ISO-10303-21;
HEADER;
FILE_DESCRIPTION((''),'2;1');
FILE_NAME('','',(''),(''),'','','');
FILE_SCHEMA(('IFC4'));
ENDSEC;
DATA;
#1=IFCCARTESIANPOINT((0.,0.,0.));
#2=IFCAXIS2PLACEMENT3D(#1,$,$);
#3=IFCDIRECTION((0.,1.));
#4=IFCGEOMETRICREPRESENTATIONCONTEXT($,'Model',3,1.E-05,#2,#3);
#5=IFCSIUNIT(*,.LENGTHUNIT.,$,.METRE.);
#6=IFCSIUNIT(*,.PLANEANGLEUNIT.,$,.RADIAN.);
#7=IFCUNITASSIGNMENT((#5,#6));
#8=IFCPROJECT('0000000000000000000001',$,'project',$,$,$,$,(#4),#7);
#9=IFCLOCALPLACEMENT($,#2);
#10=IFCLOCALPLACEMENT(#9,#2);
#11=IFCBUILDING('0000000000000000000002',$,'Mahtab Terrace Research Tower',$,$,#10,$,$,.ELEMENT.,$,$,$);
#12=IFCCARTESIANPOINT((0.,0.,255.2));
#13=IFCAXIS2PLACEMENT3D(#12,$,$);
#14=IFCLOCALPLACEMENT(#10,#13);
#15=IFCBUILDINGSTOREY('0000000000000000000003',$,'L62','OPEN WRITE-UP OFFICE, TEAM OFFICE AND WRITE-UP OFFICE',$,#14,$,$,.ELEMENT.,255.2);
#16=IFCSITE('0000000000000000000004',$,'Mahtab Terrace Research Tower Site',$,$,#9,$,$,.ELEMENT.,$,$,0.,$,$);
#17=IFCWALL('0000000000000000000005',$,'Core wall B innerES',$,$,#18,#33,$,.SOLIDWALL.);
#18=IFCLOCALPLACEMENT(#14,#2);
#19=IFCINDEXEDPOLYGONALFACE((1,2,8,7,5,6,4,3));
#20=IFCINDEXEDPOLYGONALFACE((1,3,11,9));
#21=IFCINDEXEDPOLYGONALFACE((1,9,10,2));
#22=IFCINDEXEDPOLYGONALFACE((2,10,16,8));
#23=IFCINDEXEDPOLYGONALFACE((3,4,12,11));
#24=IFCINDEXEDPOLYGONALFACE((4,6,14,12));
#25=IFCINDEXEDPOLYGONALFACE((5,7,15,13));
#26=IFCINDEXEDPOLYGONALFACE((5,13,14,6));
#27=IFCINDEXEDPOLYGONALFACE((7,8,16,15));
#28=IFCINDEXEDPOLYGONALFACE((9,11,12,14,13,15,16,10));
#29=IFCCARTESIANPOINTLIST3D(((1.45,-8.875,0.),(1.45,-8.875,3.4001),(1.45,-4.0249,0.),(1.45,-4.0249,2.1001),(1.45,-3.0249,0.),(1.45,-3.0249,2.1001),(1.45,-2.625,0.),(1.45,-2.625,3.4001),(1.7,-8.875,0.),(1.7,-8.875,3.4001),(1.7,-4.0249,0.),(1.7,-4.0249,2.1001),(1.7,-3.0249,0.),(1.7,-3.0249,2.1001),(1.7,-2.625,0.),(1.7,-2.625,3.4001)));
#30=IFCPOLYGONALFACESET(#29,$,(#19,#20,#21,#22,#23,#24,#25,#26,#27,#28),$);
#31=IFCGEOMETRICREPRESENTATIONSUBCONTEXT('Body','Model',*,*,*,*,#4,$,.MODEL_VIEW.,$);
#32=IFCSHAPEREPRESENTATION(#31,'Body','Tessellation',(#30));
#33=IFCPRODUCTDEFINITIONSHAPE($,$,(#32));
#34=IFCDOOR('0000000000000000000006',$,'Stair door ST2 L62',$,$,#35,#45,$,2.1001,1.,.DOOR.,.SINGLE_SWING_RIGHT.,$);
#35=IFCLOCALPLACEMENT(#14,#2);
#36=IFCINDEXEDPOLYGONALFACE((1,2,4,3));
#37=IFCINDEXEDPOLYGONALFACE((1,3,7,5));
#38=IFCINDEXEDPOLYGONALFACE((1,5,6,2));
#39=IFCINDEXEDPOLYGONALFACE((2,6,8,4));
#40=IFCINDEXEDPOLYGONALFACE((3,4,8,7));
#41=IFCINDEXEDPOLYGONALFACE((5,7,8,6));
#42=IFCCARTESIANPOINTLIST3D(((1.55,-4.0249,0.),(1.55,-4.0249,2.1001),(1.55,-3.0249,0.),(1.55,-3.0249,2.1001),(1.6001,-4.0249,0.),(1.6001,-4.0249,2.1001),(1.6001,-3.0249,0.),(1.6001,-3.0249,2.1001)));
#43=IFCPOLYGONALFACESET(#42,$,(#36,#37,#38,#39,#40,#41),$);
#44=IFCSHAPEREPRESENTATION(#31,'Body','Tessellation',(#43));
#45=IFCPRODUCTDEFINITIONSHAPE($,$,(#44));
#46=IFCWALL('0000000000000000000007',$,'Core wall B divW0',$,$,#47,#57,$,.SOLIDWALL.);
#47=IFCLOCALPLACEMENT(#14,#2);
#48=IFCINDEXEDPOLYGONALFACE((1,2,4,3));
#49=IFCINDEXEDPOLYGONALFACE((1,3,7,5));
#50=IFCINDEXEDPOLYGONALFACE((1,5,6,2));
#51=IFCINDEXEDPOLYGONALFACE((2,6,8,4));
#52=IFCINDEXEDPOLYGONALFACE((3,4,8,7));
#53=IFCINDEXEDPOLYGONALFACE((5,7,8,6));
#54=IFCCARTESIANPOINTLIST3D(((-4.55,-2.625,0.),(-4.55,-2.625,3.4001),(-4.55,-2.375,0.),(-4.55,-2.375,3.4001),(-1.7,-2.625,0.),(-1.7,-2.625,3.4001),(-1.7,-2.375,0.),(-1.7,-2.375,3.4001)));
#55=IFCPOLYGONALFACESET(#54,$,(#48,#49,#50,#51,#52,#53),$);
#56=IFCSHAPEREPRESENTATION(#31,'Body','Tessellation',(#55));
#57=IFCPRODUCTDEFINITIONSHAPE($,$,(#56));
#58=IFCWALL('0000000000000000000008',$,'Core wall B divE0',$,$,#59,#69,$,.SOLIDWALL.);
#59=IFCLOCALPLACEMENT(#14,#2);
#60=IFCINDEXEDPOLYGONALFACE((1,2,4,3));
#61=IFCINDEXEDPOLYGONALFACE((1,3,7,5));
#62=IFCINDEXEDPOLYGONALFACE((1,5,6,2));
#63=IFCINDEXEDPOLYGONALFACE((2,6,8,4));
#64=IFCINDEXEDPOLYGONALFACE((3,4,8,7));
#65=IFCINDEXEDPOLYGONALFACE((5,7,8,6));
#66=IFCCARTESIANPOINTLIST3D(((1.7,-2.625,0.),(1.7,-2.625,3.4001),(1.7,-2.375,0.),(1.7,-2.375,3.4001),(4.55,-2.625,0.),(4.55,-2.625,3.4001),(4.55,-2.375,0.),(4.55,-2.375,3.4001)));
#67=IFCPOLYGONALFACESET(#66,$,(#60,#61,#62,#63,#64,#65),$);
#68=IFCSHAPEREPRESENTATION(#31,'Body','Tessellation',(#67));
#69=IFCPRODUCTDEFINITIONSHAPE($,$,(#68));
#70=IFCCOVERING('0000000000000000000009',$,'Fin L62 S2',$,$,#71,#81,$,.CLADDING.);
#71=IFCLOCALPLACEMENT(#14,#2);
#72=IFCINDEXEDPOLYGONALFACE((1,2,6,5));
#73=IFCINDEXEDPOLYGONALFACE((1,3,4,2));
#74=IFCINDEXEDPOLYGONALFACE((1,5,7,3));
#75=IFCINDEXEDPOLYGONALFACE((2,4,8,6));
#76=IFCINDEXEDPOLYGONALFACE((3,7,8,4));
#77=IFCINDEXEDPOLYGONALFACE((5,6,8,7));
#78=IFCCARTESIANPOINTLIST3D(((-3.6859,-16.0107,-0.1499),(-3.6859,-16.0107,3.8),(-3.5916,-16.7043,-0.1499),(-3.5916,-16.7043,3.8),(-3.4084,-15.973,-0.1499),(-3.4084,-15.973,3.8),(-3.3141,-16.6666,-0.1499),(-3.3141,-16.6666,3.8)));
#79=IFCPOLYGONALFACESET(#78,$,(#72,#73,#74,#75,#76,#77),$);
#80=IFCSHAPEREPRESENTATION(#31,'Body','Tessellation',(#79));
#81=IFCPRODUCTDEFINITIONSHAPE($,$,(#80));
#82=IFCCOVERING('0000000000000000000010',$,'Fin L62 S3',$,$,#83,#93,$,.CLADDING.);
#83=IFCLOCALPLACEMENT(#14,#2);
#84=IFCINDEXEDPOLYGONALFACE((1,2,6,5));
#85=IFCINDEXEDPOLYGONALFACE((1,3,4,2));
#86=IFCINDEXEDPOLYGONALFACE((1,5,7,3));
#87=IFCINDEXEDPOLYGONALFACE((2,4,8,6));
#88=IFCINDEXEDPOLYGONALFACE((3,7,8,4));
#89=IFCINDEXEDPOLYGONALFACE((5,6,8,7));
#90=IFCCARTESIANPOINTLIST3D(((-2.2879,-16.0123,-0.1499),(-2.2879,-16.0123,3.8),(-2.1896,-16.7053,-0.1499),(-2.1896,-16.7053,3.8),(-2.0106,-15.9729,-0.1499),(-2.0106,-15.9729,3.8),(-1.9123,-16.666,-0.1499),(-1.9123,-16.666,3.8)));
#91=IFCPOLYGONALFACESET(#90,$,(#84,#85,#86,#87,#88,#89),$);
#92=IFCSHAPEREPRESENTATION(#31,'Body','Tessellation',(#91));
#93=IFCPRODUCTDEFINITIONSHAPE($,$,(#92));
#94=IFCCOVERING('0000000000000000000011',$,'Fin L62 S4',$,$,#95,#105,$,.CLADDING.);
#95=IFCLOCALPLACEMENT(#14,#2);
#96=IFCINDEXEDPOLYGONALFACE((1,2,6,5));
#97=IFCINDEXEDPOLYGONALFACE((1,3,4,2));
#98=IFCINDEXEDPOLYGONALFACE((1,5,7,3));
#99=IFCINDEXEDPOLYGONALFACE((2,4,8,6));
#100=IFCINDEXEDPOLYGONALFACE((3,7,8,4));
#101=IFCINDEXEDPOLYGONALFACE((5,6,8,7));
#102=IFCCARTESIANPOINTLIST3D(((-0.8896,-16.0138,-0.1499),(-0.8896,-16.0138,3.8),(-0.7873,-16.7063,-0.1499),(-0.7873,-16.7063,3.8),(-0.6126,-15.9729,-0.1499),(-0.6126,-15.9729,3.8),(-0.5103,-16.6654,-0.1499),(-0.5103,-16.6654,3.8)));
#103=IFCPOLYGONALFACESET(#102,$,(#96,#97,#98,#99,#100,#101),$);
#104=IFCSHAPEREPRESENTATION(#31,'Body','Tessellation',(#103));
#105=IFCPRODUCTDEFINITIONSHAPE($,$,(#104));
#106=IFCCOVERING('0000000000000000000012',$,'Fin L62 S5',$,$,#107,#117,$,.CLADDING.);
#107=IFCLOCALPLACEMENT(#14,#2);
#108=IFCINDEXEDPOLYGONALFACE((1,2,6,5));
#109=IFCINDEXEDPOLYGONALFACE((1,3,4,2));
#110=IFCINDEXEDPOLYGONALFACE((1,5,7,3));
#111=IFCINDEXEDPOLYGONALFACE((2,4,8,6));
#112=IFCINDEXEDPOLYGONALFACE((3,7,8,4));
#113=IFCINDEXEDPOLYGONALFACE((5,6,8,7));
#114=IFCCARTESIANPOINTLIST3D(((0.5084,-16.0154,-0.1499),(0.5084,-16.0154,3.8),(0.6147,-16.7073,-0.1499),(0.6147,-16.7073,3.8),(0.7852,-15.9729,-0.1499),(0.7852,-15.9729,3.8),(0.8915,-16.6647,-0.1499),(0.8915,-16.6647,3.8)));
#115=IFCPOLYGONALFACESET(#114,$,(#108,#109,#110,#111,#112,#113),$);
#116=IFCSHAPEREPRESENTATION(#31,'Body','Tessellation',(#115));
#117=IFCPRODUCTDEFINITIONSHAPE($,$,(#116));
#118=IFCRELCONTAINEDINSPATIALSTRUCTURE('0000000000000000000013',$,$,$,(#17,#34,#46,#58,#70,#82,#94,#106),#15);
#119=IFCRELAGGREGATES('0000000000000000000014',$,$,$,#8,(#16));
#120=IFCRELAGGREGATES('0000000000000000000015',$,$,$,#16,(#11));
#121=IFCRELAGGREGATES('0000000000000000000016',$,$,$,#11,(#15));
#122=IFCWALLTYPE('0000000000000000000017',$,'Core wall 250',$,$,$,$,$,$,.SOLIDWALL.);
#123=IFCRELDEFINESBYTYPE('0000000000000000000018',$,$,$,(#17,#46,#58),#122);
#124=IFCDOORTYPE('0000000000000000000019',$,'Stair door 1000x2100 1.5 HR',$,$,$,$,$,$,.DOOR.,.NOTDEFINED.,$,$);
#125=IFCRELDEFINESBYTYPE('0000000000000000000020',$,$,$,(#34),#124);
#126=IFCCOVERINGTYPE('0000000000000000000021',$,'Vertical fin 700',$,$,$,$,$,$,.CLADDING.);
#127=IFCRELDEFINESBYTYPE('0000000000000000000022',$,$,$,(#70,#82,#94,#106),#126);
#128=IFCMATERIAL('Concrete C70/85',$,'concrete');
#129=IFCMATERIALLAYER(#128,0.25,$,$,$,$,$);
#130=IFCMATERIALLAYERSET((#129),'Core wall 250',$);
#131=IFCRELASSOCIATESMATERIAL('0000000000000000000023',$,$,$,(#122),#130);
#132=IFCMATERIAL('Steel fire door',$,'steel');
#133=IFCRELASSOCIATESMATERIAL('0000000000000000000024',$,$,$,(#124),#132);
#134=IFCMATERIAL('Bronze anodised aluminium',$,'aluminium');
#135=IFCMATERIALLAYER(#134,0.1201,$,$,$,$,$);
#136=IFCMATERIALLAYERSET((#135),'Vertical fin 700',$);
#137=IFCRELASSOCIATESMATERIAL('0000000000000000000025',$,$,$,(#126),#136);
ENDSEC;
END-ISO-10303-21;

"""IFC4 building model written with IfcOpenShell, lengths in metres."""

from ifc_helpers import new_model, si_unit, direction, frame, frame_2d, origin, origin_2d, place, context, subcontext, project, spatial, rectangle, extrude, material, layer, layer_set, type_object, element, fill, save


model = new_model("IFC4")

# Units and contexts
model_context = context("Model", 3, precision=1e-05, world=origin(), true_north=direction((0.0, 1.0)))
body_context = subcontext(model_context, "Body", "Model", "MODEL_VIEW")
ifc_project = project(units=[si_unit("LENGTHUNIT", "METRE"), si_unit("PLANEANGLEUNIT", "RADIAN")], contexts=[model_context])

# Site, building, storey
site_placement = place(None, origin())
site = spatial("IfcSite", under=ifc_project, at=site_placement, Name="Mahtab Terrace Research Tower Site", CompositionType="ELEMENT", RefElevation=0.0)
building_placement = place(site_placement, origin())
building = spatial("IfcBuilding", under=site, at=building_placement, Name="Mahtab Terrace Research Tower", CompositionType="ELEMENT")
storey_placement = place(building_placement, frame((0.0, 0.0, 255.2)))
storey = spatial("IfcBuildingStorey", under=building, at=storey_placement, Name="L62", Description="OPEN WRITE-UP OFFICE, TEAM OFFICE AND WRITE-UP OFFICE", CompositionType="ELEMENT", Elevation=255.2)

# Shared definitions
ifc_material_1 = material(Name="Concrete C70/85", Category="concrete")
ifc_layer_1 = layer(ifc_material_1, 0.25)
ifc_layer_set_1 = layer_set([ifc_layer_1], Name="Core wall 250")
wall_type = type_object("IfcWallType", Name="Core wall 250", PredefinedType="SOLIDWALL", material=ifc_layer_set_1)
ifc_material_2 = material(Name="Steel fire door", Category="steel")

# Wall, opening, door
wall_1_placement = place(storey_placement, frame((1.575, -8.875, 0.0), z_axis=(0.0, 0.0, 1.0), x_axis=(0.0, 1.0, 0.0)))
wall_1 = element("IfcWall", 1, at=wall_1_placement, inside=storey, type_object=wall_type, Name="Core wall B innerES", PredefinedType="SOLIDWALL", context=body_context, shape_type="SweptSolid", body=[
    extrude(rectangle(XDim=6.25, YDim=0.25, at=frame_2d((3.125, 0.0))), origin(), (0.0, 0.0, 1.0), 3.4001),
])
opening_1_placement = place(wall_1_placement, frame((4.8501, 0.0, 0.0)))
opening_1 = element("IfcOpeningElement", 2, at=opening_1_placement, cuts=wall_1, PredefinedType="OPENING", context=body_context, shape_type="SweptSolid", body=[
    extrude(rectangle(XDim=1.0, YDim=2.1001, at=frame_2d((0.5, 1.05))), frame((0.0, 0.135, 0.0), z_axis=(0.0, -1.0, 0.0), x_axis=(1.0, 0.0, 0.0)), (0.0, 0.0, 1.0), 0.27),
])
door_type_1 = type_object("IfcDoorType", Name="Stair door 1000x2100 1.5 HR", OperationType="NOTDEFINED", PredefinedType="DOOR", material=ifc_material_2)
door_1_placement = place(opening_1_placement, origin())
door_1 = element("IfcDoor", 3, at=door_1_placement, inside=storey, type_object=door_type_1, Name="Stair door ST2 L62", OperationType="SINGLE_SWING_RIGHT", OverallHeight=2.1001, OverallWidth=1.0, PredefinedType="DOOR", context=body_context, shape_type="SweptSolid", body=[
    extrude(rectangle(XDim=1.0, YDim=2.1001, at=frame_2d((0.5, 1.05))), frame((0.0, 0.0249, 0.0), z_axis=(0.0, -1.0, 0.0), x_axis=(1.0, 0.0, 0.0)), (0.0, 0.0, 1.0), 0.05),
])
fill(opening_1, door_1)

# Walls
for number, where, z_axis, x_axis, name in (
    (4, (-4.55, -2.5, 0.0), (0.0, 0.0, 1.0), (1.0, 0.0, 0.0), "Core wall B divW0"),
    (5, (1.7, -2.5, 0.0), (0.0, 0.0, 1.0), (1.0, 0.0, 0.0), "Core wall B divE0"),
):
    element("IfcWall", number, at=place(storey_placement, frame(where, z_axis=z_axis, x_axis=x_axis)), inside=storey, type_object=wall_type, Name=name, PredefinedType="SOLIDWALL", context=body_context, shape_type="SweptSolid", body=[
        extrude(rectangle(XDim=2.8501, YDim=0.25, at=frame_2d((1.425, 0.0))), origin(), (0.0, 0.0, 1.0), 3.4001),
    ])

# Coverings
ifc_material_3 = material(Name="Bronze anodised aluminium", Category="aluminium")
ifc_layer_2 = layer(ifc_material_3, 0.1201)
ifc_layer_set_2 = layer_set([ifc_layer_2], Name="Vertical fin 700")
covering_type = type_object("IfcCoveringType", Name="Vertical fin 700", PredefinedType="CLADDING", material=ifc_layer_set_2)
for number, where, z_axis, x_axis, name in (
    (6, (-3.5, -16.3386, -0.1499), (0.0, 0.0, 1.0), (0.990894, 0.134645, 0.0), "Fin L62 S2"),
    (7, (-2.1001, -16.3391, -0.1499), (0.0, 0.0, 1.0), (0.990094, 0.140408, 0.0), "Fin L62 S3"),
    (8, (-0.7, -16.3396, -0.1499), (0.0, 0.0, 1.0), (0.98926, 0.146165, 0.0), "Fin L62 S4"),
    (9, (0.7, -16.3401, -0.1499), (0.0, 0.0, 1.0), (0.988393, 0.151918, 0.0), "Fin L62 S5"),
):
    element("IfcCovering", number, at=place(storey_placement, frame(where, z_axis=z_axis, x_axis=x_axis)), inside=storey, type_object=covering_type, Name=name, PredefinedType="CLADDING", context=body_context, shape_type="SweptSolid", body=[
        extrude(rectangle(XDim=0.28, YDim=0.7, at=origin_2d()), origin(), (0.0, 0.0, 1.0), 3.95),
    ])

save(model, "model.ifc")
